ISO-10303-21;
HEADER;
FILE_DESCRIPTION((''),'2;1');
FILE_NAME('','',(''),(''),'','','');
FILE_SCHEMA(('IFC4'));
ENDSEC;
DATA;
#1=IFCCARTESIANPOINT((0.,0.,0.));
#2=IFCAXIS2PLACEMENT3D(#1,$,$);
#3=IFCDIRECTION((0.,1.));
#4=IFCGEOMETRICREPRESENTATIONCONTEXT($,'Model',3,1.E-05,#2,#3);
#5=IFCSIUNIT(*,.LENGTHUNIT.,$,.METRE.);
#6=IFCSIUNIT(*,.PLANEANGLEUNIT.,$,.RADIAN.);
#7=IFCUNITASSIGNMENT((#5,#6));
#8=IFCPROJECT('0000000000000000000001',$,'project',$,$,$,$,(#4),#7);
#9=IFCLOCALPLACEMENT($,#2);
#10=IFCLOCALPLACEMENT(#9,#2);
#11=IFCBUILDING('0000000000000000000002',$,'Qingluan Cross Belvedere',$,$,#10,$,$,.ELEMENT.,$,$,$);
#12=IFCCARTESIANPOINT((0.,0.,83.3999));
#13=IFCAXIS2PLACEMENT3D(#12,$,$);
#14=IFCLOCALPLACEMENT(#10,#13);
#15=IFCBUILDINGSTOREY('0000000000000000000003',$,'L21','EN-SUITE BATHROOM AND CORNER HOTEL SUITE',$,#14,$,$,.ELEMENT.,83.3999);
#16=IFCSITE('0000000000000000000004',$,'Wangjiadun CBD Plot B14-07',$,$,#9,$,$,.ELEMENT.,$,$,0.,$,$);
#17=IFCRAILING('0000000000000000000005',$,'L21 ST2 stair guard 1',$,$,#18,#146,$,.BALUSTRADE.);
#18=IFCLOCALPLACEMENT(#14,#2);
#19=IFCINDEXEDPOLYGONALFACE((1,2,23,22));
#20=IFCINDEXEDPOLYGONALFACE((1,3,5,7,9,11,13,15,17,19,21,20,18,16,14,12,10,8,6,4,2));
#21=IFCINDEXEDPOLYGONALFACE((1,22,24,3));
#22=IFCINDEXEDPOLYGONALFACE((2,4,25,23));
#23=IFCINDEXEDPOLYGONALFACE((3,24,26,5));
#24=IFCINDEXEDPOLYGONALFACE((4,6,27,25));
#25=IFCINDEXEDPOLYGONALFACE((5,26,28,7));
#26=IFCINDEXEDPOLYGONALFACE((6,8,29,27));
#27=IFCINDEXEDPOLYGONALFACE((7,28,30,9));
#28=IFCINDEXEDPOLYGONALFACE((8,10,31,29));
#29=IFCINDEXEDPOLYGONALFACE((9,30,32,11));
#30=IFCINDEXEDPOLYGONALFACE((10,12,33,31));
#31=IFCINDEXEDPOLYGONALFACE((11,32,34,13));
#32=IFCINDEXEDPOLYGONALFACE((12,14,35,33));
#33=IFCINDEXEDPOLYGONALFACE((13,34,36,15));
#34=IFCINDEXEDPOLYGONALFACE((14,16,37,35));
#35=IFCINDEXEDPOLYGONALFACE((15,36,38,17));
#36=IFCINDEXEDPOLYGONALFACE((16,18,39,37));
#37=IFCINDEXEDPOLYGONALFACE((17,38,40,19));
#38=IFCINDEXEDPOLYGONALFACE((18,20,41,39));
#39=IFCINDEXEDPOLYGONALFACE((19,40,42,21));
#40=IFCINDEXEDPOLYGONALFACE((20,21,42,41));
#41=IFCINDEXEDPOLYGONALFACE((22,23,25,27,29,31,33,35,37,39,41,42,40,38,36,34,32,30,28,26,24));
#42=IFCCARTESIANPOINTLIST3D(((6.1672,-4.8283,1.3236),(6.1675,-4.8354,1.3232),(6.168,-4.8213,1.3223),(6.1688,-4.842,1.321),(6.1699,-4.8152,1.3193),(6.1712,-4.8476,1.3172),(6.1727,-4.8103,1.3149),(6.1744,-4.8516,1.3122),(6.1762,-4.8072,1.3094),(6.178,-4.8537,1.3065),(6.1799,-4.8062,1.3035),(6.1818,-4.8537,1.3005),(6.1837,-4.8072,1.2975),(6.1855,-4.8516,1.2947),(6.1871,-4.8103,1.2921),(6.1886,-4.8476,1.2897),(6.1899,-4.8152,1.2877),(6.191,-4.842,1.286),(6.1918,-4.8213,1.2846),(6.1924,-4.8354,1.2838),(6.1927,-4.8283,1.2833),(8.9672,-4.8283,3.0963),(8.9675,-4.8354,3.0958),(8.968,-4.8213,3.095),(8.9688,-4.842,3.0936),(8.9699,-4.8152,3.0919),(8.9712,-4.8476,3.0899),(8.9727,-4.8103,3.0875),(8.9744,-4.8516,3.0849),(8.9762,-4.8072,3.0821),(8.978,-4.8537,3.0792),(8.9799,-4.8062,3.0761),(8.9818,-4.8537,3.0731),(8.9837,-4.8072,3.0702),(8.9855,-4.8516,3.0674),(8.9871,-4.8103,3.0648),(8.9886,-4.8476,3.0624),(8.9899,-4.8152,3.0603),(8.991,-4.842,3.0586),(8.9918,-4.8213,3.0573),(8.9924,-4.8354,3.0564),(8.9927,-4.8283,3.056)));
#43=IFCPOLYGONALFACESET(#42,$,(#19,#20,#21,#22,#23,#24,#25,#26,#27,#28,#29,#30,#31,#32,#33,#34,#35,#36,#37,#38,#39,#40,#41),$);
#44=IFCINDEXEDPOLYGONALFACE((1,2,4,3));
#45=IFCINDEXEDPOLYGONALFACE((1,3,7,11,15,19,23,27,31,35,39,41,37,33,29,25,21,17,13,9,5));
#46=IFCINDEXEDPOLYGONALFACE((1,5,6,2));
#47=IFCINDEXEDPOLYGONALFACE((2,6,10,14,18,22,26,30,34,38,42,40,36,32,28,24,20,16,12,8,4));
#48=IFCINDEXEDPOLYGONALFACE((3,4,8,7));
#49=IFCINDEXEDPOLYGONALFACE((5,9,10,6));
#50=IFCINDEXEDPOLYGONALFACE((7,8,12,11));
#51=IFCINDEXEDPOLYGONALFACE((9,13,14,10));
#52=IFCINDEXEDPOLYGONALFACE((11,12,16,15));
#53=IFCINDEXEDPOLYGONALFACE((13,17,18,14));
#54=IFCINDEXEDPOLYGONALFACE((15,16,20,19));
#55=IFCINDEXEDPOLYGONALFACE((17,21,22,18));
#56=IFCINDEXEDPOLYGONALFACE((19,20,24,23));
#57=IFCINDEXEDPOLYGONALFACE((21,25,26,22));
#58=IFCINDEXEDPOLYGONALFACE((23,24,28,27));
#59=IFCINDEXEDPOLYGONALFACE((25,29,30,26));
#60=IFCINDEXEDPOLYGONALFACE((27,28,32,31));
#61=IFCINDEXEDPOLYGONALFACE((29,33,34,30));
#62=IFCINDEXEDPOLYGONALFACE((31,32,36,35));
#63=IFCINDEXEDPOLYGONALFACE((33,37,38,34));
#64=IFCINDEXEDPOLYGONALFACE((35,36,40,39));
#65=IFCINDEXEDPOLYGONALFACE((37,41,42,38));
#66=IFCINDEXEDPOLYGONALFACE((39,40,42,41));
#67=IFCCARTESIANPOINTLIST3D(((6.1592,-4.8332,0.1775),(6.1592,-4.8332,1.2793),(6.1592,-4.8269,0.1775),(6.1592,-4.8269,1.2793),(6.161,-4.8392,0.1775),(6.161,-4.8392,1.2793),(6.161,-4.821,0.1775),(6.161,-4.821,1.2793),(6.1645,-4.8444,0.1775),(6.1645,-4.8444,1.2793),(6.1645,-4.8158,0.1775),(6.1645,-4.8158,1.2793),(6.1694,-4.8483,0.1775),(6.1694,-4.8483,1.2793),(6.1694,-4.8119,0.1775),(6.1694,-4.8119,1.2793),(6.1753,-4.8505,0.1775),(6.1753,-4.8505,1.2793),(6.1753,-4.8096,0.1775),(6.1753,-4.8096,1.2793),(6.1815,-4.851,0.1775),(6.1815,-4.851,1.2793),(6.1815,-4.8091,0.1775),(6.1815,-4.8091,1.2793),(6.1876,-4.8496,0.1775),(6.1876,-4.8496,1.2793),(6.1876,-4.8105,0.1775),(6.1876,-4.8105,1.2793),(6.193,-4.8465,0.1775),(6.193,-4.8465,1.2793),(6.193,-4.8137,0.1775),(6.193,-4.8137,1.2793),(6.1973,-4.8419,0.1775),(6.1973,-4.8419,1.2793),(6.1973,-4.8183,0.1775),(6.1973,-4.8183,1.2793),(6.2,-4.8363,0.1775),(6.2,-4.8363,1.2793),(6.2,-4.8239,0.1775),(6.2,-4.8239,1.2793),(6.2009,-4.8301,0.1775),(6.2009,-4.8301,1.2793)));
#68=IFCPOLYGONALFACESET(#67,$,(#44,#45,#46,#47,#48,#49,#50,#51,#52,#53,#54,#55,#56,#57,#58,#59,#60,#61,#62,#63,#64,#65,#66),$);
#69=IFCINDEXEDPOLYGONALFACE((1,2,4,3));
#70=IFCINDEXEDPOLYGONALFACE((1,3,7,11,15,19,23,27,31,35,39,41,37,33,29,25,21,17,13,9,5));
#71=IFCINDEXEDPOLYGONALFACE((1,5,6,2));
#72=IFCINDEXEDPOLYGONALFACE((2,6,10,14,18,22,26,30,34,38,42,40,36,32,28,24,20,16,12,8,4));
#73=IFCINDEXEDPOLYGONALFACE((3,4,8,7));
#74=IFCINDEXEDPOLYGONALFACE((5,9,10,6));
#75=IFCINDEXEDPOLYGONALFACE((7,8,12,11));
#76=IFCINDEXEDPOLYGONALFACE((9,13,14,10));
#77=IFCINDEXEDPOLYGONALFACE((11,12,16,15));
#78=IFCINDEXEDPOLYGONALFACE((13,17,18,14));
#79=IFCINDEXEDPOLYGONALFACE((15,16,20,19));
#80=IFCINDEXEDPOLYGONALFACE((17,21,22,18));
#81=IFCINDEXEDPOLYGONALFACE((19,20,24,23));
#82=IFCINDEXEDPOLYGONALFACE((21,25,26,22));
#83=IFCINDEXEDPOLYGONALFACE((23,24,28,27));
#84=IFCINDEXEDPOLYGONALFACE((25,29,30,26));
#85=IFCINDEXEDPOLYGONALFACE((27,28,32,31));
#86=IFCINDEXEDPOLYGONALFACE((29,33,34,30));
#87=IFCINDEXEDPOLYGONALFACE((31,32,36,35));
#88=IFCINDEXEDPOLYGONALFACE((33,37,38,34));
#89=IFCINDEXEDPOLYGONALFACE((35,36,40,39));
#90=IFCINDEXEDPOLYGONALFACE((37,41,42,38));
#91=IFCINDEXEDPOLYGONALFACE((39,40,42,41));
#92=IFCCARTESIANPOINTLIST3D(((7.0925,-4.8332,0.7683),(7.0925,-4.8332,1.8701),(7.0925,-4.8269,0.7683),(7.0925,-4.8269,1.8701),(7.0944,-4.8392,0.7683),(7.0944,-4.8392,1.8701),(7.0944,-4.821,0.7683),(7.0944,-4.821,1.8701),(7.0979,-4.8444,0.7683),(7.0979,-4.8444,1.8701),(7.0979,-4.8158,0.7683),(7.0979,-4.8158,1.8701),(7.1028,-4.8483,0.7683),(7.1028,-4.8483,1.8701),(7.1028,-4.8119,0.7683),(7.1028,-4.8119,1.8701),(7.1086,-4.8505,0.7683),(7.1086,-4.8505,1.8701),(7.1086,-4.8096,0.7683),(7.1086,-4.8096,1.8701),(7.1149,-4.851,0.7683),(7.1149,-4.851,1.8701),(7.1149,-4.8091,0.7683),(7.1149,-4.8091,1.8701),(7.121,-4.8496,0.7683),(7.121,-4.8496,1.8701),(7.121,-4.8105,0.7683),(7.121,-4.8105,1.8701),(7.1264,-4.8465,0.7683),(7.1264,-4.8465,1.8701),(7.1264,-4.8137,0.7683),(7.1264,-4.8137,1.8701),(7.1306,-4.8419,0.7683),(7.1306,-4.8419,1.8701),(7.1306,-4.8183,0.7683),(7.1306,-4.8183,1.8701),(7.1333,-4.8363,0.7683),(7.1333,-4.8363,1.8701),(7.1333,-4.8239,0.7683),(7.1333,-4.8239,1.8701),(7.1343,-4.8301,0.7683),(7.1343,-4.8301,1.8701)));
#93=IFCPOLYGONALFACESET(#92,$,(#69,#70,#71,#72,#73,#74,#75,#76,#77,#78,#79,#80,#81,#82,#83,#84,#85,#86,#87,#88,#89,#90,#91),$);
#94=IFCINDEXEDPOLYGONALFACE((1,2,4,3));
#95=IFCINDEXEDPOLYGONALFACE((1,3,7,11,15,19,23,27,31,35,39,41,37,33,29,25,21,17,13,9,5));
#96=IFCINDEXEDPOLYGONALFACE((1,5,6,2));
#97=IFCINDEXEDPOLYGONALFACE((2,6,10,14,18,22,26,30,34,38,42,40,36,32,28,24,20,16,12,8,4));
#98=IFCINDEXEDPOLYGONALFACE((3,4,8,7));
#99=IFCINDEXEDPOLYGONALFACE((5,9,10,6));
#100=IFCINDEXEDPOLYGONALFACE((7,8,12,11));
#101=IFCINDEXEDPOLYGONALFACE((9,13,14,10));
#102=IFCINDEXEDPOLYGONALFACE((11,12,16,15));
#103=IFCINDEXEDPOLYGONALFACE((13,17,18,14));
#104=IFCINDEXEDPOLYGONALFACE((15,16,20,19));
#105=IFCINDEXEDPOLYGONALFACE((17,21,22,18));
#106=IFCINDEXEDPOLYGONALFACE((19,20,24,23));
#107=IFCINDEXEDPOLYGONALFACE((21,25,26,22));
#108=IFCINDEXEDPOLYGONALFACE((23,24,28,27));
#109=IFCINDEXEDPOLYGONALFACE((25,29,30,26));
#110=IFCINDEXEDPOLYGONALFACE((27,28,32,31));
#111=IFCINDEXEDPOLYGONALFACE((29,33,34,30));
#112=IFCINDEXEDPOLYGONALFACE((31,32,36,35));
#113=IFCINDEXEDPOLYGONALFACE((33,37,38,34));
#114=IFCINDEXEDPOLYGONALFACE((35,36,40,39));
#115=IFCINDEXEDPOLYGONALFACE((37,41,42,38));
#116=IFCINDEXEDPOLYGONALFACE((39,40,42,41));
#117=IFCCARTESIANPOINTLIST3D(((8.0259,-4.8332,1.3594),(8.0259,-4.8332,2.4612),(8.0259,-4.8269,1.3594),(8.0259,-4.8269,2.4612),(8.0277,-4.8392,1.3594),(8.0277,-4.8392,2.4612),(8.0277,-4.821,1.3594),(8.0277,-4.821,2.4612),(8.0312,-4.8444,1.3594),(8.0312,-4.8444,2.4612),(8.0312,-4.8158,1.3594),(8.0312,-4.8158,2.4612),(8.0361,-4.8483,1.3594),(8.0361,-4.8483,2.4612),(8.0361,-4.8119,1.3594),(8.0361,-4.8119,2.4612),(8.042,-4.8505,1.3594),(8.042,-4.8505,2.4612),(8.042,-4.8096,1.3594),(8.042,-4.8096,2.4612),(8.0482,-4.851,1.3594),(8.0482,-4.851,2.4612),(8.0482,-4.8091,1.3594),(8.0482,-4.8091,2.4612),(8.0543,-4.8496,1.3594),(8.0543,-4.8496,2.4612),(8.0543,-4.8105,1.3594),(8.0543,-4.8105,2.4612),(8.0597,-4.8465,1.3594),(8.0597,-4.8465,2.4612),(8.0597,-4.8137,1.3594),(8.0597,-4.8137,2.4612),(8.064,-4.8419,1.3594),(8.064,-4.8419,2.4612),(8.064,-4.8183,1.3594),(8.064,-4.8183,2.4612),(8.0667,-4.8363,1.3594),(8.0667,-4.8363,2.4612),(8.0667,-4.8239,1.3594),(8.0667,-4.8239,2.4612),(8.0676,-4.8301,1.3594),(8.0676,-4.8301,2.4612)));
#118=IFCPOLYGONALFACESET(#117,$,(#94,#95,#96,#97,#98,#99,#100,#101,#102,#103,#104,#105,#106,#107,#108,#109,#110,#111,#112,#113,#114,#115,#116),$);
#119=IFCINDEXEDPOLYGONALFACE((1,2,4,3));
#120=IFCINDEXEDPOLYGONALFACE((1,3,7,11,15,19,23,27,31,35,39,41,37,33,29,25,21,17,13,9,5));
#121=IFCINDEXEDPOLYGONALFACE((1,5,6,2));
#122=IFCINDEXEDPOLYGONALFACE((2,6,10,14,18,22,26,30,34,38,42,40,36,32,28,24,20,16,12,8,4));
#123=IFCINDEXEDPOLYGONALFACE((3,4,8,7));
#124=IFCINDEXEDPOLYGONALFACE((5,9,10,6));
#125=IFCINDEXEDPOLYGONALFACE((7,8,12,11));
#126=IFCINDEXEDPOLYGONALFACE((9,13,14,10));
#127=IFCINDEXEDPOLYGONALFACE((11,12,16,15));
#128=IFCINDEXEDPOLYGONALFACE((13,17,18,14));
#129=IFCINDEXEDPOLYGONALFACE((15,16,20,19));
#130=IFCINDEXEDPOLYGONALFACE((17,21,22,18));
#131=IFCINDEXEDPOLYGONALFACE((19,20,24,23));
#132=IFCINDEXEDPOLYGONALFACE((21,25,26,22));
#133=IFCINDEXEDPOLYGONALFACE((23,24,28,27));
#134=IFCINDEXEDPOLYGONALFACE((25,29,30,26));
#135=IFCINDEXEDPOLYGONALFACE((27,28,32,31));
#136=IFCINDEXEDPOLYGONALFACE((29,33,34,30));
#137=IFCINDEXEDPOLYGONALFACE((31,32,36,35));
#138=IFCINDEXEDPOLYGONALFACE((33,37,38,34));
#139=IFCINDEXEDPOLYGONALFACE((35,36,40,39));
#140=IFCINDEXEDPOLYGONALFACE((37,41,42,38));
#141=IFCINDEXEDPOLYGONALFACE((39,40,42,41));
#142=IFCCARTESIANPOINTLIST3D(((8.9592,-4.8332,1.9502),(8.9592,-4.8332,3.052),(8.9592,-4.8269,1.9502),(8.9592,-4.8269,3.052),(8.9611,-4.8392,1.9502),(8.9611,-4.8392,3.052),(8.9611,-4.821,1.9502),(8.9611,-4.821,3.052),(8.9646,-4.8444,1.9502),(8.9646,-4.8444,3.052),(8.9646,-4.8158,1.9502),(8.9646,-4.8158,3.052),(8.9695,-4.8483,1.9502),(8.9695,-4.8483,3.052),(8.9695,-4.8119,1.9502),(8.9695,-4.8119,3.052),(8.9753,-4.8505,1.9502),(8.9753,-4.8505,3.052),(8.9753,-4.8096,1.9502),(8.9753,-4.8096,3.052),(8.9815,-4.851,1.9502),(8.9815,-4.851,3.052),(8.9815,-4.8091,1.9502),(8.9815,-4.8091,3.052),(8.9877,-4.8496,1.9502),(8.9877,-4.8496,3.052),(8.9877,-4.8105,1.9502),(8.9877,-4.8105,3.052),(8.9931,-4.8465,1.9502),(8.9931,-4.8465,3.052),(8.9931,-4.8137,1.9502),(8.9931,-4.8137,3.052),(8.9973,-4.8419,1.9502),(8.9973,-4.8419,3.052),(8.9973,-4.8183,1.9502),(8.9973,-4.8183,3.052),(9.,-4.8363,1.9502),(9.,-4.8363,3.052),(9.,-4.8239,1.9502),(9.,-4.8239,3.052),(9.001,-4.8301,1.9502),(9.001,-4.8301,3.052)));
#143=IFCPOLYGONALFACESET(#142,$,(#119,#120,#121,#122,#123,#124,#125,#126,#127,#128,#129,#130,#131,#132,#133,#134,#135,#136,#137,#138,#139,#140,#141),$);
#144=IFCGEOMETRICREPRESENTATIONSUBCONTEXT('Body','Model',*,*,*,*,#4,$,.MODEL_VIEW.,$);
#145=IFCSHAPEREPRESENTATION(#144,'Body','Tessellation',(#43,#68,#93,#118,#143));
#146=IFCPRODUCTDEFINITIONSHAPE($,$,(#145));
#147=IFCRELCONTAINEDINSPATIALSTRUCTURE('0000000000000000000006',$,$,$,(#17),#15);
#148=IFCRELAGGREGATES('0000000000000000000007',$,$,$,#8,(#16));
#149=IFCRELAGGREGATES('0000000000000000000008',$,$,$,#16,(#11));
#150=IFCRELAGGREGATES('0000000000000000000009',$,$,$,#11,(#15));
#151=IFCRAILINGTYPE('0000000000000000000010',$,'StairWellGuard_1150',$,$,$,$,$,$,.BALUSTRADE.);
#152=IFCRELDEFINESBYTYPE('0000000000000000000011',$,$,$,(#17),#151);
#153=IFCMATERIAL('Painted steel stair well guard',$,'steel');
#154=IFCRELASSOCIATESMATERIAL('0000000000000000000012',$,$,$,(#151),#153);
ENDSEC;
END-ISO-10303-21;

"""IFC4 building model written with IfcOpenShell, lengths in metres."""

from ifc_helpers import new_model, si_unit, direction, frame, origin, origin_2d, place, context, subcontext, project, spatial, circle, extrude, material, type_object, element, save


model = new_model("IFC4")

# Units and contexts
model_context = context("Model", 3, precision=1e-05, world=origin(), true_north=direction((0.0, 1.0)))
body_context = subcontext(model_context, "Body", "Model", "MODEL_VIEW")
ifc_project = project(units=[si_unit("LENGTHUNIT", "METRE"), si_unit("PLANEANGLEUNIT", "RADIAN")], contexts=[model_context])

# Site, building, storey
site_placement = place(None, origin())
site = spatial("IfcSite", under=ifc_project, at=site_placement, Name="Wangjiadun CBD Plot B14-07", CompositionType="ELEMENT", RefElevation=0.0)
building_placement = place(site_placement, origin())
building = spatial("IfcBuilding", under=site, at=building_placement, Name="Qingluan Cross Belvedere", CompositionType="ELEMENT")
storey_placement = place(building_placement, frame((0.0, 0.0, 83.3999)))
storey = spatial("IfcBuildingStorey", under=building, at=storey_placement, Name="L21", Description="EN-SUITE BATHROOM AND CORNER HOTEL SUITE", CompositionType="ELEMENT", Elevation=83.3999)

# Railing
ifc_material_1 = material(Name="Painted steel stair well guard", Category="steel")
railing_type_1 = type_object("IfcRailingType", Name="StairWellGuard_1150", PredefinedType="BALUSTRADE", material=ifc_material_1)
railing_1_placement = place(storey_placement, frame((6.1799, -4.8301, 0.1775)))
element("IfcRailing", 1, at=railing_1_placement, inside=storey, type_object=railing_type_1, Name="L21 ST2 stair guard 1", PredefinedType="BALUSTRADE", context=body_context, shape_type="SweptSolid", body=[
    extrude(circle(Radius=0.0239, at=origin_2d()), frame((0.0, 0.0, 1.126), z_axis=(0.844909, 0.0, 0.53491), x_axis=(0.0, 1.0, 0.0)), (0.0, 0.0, 1.0), 3.314),
    extrude(circle(Radius=0.021, at=origin_2d()), origin(), (0.0, 0.0, 1.0), 1.1018),
    extrude(circle(Radius=0.021, at=origin_2d()), frame((0.9333, 0.0, 0.5908)), (0.0, 0.0, 1.0), 1.1018),
    extrude(circle(Radius=0.021, at=origin_2d()), frame((1.8667, 0.0, 1.1819)), (0.0, 0.0, 1.0), 1.1018),
    extrude(circle(Radius=0.021, at=origin_2d()), frame((2.8, 0.0, 1.7727)), (0.0, 0.0, 1.0), 1.1018),
])

save(model, "model.ifc")
